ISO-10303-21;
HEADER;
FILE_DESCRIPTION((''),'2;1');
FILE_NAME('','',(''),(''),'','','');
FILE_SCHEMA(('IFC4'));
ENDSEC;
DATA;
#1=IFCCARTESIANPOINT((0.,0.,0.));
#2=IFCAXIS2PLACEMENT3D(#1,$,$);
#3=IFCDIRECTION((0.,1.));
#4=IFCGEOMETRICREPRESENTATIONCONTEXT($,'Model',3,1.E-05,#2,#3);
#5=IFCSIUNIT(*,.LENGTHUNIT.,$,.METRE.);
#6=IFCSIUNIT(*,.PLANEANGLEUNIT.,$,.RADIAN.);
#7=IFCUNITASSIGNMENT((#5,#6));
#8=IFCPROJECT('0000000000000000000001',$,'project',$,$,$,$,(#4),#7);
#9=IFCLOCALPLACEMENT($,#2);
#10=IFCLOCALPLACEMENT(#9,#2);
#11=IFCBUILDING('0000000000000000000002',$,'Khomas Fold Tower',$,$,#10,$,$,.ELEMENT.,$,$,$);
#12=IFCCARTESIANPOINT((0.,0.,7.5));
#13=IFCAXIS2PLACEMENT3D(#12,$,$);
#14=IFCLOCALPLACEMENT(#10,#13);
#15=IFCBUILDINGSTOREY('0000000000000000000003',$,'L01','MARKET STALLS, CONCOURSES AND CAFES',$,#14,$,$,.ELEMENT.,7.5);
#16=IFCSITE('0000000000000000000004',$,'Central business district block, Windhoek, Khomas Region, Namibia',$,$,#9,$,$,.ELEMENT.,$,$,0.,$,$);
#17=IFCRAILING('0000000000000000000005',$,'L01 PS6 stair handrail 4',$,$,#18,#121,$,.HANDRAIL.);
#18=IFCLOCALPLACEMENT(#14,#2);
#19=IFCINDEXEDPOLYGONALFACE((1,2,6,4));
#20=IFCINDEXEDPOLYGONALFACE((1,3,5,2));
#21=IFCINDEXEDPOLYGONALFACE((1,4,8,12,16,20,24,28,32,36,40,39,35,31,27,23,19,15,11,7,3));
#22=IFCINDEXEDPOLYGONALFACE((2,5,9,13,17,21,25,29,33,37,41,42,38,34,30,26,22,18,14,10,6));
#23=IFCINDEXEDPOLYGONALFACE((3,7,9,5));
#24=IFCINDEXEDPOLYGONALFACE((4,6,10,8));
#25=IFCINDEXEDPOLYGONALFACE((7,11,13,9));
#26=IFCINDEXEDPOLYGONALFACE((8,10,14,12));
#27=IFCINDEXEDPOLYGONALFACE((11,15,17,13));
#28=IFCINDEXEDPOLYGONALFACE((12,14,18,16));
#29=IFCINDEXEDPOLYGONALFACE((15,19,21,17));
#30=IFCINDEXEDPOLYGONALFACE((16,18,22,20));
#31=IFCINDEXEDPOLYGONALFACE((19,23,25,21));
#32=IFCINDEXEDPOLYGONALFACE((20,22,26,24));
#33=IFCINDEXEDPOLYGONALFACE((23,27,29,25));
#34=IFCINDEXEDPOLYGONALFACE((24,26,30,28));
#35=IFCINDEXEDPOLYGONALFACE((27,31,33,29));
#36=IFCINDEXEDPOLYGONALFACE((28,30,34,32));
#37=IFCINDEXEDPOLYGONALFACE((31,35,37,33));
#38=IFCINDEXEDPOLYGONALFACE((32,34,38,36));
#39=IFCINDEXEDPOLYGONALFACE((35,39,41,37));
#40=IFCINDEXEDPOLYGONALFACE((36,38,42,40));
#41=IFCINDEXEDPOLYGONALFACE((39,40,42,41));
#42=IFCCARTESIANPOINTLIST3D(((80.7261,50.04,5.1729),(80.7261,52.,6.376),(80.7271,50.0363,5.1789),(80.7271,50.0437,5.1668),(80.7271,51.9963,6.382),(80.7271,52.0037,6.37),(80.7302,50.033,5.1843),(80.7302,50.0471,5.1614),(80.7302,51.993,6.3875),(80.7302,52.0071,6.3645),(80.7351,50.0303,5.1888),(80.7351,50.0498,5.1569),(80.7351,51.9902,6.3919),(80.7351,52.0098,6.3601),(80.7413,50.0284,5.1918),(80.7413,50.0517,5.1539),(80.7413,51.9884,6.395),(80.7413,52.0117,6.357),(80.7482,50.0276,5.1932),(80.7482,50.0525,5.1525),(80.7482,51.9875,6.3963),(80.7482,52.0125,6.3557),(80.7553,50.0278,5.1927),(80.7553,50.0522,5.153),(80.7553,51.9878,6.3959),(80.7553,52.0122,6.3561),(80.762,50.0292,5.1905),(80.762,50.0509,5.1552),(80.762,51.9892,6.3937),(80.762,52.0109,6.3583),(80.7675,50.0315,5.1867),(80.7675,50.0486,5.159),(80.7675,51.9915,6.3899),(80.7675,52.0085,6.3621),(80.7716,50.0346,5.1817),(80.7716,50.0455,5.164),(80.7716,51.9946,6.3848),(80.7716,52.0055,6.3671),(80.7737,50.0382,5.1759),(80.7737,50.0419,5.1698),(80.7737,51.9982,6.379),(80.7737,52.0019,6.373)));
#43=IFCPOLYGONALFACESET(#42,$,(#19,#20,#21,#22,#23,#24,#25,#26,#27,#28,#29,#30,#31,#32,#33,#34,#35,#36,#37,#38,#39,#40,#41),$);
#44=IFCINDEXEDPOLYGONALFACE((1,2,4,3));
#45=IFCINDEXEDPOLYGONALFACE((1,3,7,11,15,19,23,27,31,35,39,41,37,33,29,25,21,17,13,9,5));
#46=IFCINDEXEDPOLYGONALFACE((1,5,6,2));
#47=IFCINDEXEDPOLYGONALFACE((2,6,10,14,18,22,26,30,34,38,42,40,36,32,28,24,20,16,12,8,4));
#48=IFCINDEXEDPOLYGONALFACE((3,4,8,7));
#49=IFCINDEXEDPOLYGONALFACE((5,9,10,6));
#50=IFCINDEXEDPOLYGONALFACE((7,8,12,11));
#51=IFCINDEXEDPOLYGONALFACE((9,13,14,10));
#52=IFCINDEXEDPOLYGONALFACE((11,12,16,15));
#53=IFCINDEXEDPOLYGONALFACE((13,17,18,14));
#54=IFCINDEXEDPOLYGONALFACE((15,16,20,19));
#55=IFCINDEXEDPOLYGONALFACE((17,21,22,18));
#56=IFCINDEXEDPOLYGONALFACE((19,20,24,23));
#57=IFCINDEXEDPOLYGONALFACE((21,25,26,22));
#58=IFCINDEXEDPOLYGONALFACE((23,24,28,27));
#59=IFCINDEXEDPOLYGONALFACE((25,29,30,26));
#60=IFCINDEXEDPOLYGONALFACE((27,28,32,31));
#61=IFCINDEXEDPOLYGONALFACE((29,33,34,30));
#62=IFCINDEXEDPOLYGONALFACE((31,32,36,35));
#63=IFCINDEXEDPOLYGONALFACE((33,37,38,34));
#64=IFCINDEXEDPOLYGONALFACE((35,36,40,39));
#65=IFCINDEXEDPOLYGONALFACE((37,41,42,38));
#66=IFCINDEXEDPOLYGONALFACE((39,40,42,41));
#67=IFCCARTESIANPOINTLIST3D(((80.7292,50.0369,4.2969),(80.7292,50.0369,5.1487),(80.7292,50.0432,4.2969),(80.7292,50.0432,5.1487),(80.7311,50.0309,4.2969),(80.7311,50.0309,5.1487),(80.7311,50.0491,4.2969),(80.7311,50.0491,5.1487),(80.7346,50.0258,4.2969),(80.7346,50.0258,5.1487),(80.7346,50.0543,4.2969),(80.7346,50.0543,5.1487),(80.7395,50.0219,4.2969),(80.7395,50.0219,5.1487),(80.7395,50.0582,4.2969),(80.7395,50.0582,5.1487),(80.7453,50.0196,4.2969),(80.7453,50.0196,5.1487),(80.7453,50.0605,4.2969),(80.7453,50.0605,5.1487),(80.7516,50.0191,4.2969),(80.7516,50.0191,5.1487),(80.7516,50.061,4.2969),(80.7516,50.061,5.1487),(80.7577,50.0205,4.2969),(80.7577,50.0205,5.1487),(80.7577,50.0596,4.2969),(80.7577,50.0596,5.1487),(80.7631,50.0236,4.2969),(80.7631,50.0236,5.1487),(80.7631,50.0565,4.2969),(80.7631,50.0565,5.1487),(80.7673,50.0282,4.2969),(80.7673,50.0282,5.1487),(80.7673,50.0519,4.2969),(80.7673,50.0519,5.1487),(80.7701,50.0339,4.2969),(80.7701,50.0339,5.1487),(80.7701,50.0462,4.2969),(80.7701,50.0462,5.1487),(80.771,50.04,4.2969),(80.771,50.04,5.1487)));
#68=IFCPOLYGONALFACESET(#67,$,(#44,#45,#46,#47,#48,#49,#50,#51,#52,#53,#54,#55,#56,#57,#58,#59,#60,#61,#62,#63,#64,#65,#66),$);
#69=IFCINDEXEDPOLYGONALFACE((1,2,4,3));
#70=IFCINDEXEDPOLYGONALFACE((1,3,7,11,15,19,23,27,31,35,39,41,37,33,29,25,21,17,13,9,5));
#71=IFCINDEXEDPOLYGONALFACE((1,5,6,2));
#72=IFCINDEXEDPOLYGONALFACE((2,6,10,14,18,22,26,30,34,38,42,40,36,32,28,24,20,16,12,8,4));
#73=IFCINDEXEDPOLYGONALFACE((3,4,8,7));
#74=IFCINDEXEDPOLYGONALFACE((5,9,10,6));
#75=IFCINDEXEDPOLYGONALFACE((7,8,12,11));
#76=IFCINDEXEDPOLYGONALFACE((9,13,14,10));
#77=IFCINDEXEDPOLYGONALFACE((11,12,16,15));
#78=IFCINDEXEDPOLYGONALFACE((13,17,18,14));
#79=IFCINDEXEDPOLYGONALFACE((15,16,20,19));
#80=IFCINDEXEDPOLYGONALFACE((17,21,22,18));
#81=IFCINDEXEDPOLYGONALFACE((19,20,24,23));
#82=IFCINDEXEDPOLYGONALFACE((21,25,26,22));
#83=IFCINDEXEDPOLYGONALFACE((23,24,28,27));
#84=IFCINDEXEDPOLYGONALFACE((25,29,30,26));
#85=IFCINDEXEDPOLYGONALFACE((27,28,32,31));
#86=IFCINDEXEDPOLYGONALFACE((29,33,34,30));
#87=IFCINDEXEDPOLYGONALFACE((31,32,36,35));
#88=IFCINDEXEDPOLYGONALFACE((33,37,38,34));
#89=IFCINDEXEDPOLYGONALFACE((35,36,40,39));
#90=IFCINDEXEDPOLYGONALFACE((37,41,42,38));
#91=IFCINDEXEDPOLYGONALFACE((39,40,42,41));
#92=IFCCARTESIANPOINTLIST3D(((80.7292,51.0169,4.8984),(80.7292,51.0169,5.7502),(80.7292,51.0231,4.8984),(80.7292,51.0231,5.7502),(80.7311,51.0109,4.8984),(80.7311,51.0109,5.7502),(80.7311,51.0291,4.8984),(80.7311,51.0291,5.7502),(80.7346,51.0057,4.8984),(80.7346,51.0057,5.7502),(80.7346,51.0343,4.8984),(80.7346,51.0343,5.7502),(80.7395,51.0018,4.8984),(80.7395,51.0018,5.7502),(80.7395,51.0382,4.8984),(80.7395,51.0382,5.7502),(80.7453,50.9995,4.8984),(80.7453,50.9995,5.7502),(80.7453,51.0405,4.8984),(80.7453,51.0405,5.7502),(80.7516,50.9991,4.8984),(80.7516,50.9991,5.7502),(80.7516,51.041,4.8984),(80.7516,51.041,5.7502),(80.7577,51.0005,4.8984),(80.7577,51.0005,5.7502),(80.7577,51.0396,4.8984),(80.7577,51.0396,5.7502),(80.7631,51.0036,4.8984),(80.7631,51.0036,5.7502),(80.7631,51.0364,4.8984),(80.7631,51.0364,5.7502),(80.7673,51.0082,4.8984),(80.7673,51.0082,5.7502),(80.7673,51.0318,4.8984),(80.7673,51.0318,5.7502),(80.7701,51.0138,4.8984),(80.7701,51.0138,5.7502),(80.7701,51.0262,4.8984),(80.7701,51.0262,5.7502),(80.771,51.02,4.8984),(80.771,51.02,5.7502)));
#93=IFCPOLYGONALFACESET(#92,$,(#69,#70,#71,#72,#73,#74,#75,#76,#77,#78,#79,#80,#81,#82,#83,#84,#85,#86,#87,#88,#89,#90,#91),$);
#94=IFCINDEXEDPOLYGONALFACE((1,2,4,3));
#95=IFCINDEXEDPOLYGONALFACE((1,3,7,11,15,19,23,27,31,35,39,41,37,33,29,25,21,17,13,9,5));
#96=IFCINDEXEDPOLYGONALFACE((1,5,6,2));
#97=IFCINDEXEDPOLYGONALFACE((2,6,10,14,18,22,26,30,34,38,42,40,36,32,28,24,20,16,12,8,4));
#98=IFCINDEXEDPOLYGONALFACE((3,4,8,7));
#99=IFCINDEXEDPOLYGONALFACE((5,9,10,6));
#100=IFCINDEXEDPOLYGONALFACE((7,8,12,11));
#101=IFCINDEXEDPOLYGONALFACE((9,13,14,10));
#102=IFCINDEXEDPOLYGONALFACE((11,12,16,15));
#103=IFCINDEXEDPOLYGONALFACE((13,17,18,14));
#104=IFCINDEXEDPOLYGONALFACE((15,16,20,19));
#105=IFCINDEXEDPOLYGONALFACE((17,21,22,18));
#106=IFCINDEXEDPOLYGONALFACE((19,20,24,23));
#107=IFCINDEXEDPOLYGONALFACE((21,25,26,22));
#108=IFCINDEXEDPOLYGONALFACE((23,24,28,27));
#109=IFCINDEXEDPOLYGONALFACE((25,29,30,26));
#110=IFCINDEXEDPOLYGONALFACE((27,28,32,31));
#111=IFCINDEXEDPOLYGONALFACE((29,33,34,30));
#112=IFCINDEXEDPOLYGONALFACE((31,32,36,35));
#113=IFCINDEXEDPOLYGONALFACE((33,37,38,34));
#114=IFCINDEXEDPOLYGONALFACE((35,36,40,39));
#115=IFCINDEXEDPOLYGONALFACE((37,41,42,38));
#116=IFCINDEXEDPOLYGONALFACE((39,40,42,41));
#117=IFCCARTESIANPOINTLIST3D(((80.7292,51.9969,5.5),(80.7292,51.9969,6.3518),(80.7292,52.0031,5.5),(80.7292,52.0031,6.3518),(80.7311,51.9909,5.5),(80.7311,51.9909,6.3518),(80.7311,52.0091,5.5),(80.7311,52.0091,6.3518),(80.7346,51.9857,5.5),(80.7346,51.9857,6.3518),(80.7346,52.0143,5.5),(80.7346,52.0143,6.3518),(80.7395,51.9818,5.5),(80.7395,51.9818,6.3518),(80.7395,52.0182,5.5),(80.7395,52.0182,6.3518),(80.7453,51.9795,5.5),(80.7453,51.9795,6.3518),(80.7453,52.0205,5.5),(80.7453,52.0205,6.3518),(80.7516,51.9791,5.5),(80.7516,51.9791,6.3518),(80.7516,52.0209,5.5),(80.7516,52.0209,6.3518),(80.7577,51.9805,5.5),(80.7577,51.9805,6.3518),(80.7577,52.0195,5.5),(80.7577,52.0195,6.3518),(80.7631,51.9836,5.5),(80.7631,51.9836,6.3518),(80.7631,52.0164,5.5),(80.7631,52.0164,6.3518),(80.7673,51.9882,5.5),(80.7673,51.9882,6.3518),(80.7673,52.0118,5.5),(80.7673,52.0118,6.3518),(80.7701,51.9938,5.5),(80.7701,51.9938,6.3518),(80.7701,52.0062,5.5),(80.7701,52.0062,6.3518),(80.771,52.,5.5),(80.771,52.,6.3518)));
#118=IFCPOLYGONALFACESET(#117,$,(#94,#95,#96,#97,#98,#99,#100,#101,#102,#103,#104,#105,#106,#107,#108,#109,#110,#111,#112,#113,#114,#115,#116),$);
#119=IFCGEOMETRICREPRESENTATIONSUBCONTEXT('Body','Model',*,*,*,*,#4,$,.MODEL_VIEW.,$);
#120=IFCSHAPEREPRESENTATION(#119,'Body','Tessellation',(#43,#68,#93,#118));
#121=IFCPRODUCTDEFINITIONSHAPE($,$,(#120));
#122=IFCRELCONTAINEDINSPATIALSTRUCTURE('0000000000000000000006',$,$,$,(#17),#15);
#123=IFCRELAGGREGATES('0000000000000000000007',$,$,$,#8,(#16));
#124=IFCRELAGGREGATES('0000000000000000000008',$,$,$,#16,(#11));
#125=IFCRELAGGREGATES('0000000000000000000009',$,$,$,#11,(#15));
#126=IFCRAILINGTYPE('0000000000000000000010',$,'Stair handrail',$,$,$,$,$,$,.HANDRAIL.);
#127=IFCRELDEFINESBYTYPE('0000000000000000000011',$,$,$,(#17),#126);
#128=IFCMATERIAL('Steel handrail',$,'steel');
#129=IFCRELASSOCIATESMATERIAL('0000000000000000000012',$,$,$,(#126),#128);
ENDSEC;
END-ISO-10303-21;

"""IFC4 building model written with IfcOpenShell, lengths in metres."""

from ifc_helpers import new_model, si_unit, direction, frame, origin, origin_2d, place, context, subcontext, project, spatial, circle, extrude, source, transform, mapped, material, type_object, element, save


model = new_model("IFC4")

# Units and contexts
model_context = context("Model", 3, precision=1e-05, world=origin(), true_north=direction((0.0, 1.0)))
body_context = subcontext(model_context, "Body", "Model", "MODEL_VIEW")
ifc_project = project(units=[si_unit("LENGTHUNIT", "METRE"), si_unit("PLANEANGLEUNIT", "RADIAN")], contexts=[model_context])

# Site, building, storey
site_placement = place(None, origin())
site = spatial("IfcSite", under=ifc_project, at=site_placement, Name="Central business district block, Windhoek, Khomas Region, Namibia", CompositionType="ELEMENT", RefElevation=0.0)
building_placement = place(site_placement, origin())
building = spatial("IfcBuilding", under=site, at=building_placement, Name="Khomas Fold Tower", CompositionType="ELEMENT")
storey_placement = place(building_placement, frame((0.0, 0.0, 7.5)))
storey = spatial("IfcBuildingStorey", under=building, at=storey_placement, Name="L01", Description="MARKET STALLS, CONCOURSES AND CAFES", CompositionType="ELEMENT", Elevation=7.5)

# Railing
ifc_material_1 = material(Name="Steel handrail", Category="steel")
railing_type_1 = type_object("IfcRailingType", Name="Stair handrail", PredefinedType="HANDRAIL", material=ifc_material_1)
shared_shape_1 = source(origin(), body_context, "Body", "SweptSolid", [
    extrude(circle(Radius=0.0239, at=origin_2d()), frame((0.0, 0.0, 0.876), z_axis=(0.0, 0.852241, 0.523149), x_axis=(-1.0, 0.0, 0.0)), (0.0, 0.0, 1.0), 2.2998),
    extrude(circle(Radius=0.021, at=origin_2d()), origin(), (0.0, 0.0, 1.0), 0.8518),
    extrude(circle(Radius=0.021, at=origin_2d()), frame((0.0, 0.98, 0.6016)), (0.0, 0.0, 1.0), 0.8518),
    extrude(circle(Radius=0.021, at=origin_2d()), frame((0.0, 1.96, 1.2031)), (0.0, 0.0, 1.0), 0.8518),
])
for number, where, name in (
    (1, (80.75, 50.04, 4.2969), "L01 PS6 stair handrail 4"),
):
    element("IfcRailing", number, at=place(storey_placement, frame(where)), inside=storey, type_object=railing_type_1, Name=name, PredefinedType="HANDRAIL", context=body_context, shape_type="MappedRepresentation", body=[
        mapped(shared_shape_1, transform((0.0, 0.0, 0.0))),
    ])

save(model, "model.ifc")
